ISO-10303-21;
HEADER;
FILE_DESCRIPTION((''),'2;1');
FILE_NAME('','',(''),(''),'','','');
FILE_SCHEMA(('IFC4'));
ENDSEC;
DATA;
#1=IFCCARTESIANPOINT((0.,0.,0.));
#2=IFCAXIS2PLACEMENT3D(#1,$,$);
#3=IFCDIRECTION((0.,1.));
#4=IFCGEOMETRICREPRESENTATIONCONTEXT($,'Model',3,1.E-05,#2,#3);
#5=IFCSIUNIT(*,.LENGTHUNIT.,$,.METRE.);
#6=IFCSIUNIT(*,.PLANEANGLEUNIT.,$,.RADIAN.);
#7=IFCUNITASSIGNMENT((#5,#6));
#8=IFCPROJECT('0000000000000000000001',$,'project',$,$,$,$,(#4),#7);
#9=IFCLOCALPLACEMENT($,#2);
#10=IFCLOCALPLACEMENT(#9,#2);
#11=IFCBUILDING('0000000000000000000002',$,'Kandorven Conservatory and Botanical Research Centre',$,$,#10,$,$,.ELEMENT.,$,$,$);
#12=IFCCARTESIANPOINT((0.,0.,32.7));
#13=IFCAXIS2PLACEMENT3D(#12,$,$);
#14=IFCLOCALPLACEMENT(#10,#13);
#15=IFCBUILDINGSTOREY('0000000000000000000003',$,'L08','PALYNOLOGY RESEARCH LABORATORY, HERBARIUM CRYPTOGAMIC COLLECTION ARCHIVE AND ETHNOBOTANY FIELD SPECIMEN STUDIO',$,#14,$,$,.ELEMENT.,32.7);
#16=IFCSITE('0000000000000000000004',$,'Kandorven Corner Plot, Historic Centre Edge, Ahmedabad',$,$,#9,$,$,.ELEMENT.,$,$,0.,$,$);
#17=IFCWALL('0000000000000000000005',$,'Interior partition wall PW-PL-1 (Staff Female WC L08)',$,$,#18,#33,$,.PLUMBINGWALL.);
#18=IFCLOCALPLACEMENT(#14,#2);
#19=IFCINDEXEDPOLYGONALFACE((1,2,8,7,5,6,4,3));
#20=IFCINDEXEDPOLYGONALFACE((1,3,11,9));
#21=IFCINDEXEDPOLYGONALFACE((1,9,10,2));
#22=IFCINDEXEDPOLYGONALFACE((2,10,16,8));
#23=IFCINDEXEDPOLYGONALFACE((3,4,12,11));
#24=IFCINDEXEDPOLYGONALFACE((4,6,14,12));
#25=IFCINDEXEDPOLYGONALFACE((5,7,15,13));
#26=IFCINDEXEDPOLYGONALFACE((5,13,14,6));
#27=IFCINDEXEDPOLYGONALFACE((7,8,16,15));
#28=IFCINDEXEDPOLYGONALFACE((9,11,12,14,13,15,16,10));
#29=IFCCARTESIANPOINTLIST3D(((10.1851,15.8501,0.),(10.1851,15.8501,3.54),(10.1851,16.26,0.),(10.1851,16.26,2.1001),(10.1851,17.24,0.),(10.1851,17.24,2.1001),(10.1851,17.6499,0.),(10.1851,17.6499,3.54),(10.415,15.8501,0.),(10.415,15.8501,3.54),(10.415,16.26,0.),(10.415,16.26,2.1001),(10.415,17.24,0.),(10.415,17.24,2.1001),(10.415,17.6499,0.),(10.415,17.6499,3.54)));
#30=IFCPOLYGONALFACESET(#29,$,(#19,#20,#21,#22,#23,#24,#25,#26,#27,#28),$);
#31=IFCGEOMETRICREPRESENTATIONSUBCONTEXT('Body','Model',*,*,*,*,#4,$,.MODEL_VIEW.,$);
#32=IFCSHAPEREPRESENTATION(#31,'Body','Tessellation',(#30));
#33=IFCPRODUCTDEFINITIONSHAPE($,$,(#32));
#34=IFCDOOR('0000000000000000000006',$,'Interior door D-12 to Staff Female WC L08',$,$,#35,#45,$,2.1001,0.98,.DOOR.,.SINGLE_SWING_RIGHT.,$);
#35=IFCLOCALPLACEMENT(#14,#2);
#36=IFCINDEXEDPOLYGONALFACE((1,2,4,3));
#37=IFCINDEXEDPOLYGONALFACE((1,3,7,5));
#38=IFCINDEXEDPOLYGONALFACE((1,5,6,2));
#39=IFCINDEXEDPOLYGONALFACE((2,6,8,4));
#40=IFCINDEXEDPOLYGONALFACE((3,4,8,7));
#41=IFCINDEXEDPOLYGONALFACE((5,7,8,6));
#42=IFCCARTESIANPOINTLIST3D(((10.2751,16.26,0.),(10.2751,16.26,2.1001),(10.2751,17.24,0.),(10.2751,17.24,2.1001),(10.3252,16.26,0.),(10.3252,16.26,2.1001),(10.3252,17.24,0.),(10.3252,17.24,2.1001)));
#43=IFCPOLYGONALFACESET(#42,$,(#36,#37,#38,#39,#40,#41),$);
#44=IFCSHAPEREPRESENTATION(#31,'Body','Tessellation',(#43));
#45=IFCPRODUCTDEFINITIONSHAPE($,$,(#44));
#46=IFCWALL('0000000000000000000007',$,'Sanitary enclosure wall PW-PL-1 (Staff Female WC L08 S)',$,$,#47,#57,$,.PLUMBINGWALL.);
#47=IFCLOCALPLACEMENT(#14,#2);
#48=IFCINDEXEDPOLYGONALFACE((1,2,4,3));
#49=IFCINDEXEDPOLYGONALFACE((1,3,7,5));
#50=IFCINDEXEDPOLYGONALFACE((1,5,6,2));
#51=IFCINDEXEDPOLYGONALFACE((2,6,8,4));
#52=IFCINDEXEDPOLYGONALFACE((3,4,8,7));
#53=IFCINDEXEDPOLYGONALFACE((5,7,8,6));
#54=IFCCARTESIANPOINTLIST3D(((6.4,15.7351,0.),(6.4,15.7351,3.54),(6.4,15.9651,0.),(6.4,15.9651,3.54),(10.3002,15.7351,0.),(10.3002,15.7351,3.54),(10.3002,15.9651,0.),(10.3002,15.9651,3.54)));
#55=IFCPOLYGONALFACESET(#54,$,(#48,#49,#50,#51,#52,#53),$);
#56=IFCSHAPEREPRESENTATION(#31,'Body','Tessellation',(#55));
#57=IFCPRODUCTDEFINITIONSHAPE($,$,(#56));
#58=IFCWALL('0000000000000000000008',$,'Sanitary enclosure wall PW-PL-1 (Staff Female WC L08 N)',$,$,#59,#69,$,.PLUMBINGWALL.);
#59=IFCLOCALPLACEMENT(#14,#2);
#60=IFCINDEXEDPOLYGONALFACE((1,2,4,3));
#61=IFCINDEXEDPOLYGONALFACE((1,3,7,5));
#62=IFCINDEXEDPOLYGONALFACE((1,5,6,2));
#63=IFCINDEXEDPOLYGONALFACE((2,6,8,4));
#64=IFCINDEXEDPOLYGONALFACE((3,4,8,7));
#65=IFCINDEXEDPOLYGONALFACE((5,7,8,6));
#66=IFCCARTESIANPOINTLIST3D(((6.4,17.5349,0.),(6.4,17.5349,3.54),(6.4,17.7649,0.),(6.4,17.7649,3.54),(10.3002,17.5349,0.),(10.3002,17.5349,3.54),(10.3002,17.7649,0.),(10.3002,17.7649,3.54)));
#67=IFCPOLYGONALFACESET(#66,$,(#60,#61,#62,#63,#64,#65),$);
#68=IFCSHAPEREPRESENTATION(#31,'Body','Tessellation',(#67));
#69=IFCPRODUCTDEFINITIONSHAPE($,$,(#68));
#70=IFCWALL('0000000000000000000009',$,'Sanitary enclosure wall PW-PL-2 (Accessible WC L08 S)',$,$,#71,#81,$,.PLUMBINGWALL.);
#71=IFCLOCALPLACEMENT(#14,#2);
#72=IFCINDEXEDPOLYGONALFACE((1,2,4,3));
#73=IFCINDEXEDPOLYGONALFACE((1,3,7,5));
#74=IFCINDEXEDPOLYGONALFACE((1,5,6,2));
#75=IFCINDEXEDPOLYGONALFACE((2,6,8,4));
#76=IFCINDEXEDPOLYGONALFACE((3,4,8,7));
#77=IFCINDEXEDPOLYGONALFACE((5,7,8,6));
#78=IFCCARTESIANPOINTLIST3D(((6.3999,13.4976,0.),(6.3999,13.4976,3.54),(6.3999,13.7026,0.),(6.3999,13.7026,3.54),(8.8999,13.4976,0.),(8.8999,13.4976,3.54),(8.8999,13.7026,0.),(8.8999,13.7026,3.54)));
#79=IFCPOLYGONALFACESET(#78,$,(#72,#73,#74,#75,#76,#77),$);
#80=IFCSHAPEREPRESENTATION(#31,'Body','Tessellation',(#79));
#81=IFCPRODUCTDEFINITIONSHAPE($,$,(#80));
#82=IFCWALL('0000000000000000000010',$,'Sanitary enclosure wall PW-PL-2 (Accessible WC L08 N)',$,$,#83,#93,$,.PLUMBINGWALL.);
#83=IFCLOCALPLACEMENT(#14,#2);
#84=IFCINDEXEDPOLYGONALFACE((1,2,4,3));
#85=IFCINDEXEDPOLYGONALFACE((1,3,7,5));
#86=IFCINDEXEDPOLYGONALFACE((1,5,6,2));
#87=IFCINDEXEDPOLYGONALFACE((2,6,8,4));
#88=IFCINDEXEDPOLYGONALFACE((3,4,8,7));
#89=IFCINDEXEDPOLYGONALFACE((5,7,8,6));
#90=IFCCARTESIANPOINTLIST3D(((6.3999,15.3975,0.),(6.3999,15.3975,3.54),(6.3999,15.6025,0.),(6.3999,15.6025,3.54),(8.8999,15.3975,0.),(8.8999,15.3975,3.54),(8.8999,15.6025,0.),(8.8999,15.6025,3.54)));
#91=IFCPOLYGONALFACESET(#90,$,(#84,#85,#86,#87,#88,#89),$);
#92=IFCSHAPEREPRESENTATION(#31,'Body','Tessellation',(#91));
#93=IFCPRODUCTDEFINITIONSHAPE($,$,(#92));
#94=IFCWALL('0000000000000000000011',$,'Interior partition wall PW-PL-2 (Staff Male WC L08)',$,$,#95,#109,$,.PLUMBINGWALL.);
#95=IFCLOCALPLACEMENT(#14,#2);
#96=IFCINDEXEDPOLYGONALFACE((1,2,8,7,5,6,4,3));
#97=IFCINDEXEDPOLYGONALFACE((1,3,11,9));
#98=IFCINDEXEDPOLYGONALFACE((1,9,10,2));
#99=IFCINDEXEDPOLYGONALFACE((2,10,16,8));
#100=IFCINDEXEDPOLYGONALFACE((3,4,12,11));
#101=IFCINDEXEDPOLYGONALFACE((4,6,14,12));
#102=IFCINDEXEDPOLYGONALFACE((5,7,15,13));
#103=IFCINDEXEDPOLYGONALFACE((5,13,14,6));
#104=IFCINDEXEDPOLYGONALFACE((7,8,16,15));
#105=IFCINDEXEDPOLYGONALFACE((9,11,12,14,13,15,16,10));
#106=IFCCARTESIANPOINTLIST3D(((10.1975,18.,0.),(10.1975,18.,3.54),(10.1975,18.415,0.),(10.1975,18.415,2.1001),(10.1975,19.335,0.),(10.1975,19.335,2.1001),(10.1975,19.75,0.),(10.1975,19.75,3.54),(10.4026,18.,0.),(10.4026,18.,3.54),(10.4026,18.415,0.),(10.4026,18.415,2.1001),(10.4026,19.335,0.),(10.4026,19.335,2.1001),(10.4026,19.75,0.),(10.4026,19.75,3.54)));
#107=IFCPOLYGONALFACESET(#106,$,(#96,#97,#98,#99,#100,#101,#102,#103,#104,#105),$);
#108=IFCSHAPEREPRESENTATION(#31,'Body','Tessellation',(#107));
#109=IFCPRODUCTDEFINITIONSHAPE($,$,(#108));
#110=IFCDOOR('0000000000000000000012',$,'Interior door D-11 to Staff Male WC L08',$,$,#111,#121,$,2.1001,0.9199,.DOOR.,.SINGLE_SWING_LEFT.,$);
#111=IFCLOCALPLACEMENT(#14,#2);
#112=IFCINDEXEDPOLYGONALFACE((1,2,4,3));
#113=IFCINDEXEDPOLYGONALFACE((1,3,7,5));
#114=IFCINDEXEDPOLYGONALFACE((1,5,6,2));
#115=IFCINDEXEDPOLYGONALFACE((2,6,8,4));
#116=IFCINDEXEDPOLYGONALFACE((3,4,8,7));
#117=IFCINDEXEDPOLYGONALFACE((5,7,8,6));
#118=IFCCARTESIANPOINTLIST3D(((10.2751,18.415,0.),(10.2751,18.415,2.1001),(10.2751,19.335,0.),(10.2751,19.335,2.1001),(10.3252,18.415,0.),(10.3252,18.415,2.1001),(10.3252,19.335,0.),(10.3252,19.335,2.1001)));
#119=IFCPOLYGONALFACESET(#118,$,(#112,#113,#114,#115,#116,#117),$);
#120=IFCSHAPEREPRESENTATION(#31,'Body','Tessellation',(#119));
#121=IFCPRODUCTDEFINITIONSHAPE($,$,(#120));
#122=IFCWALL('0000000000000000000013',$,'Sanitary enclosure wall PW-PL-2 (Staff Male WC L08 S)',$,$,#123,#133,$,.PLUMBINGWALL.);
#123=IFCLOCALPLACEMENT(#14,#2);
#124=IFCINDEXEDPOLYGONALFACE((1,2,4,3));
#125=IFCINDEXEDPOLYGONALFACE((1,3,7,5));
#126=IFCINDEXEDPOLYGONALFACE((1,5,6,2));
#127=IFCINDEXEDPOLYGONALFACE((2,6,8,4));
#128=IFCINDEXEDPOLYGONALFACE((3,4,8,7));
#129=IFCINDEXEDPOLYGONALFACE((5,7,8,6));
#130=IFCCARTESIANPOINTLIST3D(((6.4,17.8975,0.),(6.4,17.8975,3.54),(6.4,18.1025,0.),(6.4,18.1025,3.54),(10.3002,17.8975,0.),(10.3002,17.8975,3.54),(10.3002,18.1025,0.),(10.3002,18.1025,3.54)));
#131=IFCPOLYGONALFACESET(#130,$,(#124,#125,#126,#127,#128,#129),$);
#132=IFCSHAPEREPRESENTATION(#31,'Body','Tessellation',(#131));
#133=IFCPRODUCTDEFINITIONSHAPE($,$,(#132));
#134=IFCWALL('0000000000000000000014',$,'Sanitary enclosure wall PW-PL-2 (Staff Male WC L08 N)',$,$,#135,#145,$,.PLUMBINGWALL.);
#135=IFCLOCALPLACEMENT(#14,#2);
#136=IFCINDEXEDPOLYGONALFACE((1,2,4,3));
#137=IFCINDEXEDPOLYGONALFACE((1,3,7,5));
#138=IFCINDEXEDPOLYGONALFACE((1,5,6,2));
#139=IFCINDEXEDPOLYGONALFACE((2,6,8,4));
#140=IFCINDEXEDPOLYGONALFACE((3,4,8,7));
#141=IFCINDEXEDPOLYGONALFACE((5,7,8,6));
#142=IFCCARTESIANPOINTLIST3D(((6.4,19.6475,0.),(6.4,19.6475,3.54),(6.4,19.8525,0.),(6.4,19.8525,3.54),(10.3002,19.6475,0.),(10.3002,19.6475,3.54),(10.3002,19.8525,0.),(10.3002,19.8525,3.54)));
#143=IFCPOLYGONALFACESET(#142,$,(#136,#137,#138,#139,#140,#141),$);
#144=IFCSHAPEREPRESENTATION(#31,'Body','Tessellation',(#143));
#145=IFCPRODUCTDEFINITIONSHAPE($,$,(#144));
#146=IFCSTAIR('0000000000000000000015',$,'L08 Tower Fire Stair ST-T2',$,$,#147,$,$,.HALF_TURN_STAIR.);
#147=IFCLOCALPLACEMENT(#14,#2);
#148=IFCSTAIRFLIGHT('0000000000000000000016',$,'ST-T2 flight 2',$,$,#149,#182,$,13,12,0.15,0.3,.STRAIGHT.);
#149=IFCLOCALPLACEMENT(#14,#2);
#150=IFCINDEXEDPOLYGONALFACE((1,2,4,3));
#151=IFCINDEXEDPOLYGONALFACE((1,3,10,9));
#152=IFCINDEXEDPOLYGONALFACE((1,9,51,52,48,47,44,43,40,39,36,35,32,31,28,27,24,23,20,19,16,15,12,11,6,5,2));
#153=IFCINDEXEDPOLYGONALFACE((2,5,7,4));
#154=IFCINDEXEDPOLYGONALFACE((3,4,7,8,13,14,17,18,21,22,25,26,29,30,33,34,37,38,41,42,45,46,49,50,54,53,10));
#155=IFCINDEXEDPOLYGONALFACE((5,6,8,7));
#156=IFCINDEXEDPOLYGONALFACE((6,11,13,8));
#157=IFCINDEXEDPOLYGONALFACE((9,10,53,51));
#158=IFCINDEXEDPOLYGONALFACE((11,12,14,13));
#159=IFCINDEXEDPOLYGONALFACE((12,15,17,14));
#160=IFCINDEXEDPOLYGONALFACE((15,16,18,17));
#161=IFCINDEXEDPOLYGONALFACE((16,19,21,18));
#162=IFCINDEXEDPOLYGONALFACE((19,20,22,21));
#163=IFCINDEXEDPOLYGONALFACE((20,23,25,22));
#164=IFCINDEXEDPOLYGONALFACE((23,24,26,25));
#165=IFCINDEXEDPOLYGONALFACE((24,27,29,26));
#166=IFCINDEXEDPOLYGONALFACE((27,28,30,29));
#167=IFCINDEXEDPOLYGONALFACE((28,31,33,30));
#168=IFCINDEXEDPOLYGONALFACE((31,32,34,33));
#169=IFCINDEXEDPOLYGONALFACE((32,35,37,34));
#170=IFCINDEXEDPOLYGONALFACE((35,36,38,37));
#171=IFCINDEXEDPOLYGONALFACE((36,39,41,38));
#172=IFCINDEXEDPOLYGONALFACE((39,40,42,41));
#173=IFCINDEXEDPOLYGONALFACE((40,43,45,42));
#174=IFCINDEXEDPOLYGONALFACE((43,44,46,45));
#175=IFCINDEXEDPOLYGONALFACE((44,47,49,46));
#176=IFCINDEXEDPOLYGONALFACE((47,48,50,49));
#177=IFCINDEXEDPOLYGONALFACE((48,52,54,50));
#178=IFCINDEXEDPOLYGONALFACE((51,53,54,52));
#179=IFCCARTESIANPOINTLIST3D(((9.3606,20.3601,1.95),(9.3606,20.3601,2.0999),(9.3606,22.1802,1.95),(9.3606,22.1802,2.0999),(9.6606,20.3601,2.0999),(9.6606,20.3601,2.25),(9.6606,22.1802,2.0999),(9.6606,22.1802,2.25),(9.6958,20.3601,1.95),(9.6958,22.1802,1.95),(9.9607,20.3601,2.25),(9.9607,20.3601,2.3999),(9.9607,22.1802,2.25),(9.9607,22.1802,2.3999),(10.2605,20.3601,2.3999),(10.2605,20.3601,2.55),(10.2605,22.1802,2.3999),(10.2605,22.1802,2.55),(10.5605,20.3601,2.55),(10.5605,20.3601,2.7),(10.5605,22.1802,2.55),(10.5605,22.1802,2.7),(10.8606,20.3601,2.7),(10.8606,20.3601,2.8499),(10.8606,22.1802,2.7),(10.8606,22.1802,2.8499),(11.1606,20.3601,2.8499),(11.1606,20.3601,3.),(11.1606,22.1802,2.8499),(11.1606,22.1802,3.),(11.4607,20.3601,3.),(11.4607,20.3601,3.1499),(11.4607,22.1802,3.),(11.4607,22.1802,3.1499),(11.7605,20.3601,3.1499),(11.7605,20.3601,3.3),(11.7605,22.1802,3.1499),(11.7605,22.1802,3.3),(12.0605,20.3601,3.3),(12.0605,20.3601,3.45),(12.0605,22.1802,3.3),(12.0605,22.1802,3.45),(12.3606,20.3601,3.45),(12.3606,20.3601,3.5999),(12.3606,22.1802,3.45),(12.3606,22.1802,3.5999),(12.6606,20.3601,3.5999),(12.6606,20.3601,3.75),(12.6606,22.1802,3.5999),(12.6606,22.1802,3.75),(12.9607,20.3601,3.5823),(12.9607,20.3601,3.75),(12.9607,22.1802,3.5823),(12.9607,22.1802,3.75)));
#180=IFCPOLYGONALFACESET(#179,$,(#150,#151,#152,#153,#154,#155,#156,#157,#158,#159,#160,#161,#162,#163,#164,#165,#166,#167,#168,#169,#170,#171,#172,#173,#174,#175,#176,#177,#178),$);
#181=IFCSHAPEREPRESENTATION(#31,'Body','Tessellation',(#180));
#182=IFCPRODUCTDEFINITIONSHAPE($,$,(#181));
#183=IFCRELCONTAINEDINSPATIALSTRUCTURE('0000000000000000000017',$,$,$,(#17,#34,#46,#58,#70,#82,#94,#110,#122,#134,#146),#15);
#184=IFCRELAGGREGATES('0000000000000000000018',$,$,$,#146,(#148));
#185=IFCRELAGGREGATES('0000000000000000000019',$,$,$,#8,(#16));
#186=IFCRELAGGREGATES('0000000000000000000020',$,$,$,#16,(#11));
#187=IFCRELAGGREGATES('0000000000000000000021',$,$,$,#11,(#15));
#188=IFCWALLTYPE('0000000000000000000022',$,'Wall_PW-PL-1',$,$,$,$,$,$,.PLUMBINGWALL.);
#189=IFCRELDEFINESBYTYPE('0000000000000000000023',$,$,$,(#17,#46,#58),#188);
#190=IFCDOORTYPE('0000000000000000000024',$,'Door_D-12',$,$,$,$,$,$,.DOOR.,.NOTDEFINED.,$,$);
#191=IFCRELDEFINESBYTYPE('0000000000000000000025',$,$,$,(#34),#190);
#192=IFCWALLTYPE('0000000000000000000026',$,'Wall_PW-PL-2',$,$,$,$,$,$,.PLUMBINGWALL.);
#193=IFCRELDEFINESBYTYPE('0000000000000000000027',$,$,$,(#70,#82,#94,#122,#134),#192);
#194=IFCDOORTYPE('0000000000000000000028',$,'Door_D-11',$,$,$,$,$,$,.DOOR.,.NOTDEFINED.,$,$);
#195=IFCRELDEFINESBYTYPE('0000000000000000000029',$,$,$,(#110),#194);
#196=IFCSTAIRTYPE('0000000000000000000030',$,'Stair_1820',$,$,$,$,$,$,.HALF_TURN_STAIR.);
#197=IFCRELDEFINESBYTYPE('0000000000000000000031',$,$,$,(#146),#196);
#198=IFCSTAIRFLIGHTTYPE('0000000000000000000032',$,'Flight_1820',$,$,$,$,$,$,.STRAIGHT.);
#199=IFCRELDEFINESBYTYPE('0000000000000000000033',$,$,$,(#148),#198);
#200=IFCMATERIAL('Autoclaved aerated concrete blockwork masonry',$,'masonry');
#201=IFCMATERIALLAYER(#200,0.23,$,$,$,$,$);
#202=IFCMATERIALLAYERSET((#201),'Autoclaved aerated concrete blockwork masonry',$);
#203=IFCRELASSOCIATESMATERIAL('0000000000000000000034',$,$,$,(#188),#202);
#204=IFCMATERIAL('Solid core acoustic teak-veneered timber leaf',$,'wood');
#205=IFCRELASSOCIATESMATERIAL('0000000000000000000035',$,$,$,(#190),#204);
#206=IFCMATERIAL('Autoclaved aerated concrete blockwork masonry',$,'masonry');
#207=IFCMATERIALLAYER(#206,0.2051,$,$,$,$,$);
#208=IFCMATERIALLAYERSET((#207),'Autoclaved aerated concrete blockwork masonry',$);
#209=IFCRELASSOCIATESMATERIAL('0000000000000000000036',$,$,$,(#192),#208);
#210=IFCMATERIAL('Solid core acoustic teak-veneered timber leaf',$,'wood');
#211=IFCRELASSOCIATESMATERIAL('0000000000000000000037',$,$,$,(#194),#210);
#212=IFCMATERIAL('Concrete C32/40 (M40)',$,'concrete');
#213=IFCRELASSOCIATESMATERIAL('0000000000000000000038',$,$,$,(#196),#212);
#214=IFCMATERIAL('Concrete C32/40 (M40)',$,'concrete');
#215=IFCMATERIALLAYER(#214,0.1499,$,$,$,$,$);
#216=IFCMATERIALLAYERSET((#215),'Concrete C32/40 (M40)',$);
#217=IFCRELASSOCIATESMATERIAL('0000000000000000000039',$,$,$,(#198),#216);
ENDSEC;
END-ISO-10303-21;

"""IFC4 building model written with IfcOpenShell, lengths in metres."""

from ifc_helpers import new_model, si_unit, direction, frame, frame_2d, origin, place, context, subcontext, project, spatial, polyline, rectangle, outline, extrude, material, layer, layer_set, type_object, element, fill, aggregate, save


model = new_model("IFC4")

# Units and contexts
model_context = context("Model", 3, precision=1e-05, world=origin(), true_north=direction((0.0, 1.0)))
body_context = subcontext(model_context, "Body", "Model", "MODEL_VIEW")
ifc_project = project(units=[si_unit("LENGTHUNIT", "METRE"), si_unit("PLANEANGLEUNIT", "RADIAN")], contexts=[model_context])

# Site, building, storey
site_placement = place(None, origin())
site = spatial("IfcSite", under=ifc_project, at=site_placement, Name="Kandorven Corner Plot, Historic Centre Edge, Ahmedabad", CompositionType="ELEMENT", RefElevation=0.0)
building_placement = place(site_placement, origin())
building = spatial("IfcBuilding", under=site, at=building_placement, Name="Kandorven Conservatory and Botanical Research Centre", CompositionType="ELEMENT")
storey_placement = place(building_placement, frame((0.0, 0.0, 32.7)))
storey = spatial("IfcBuildingStorey", under=building, at=storey_placement, Name="L08", Description="PALYNOLOGY RESEARCH LABORATORY, HERBARIUM CRYPTOGAMIC COLLECTION ARCHIVE AND ETHNOBOTANY FIELD SPECIMEN STUDIO", CompositionType="ELEMENT", Elevation=32.7)

# Wall, opening, door
ifc_material_1 = material(Name="Autoclaved aerated concrete blockwork masonry", Category="masonry")
ifc_layer_1 = layer(ifc_material_1, 0.23)
ifc_layer_set_1 = layer_set([ifc_layer_1], Name="Autoclaved aerated concrete blockwork masonry")
wall_type_1 = type_object("IfcWallType", Name="Wall_PW-PL-1", PredefinedType="PLUMBINGWALL", material=ifc_layer_set_1)
wall_1_placement = place(storey_placement, frame((10.3, 15.8501, 0.0), z_axis=(0.0, 0.0, 1.0), x_axis=(0.0, 1.0, 0.0)))
wall_1 = element("IfcWall", 1, at=wall_1_placement, inside=storey, type_object=wall_type_1, Name="Interior partition wall PW-PL-1 (Staff Female WC L08)", PredefinedType="PLUMBINGWALL", context=body_context, shape_type="SweptSolid", body=[
    extrude(rectangle(XDim=1.7998, YDim=0.23, at=frame_2d((0.8999, 0.0))), origin(), (0.0, 0.0, 1.0), 3.54),
])
opening_1_placement = place(wall_1_placement, frame((0.4099, 0.0, 0.0)))
opening_1 = element("IfcOpeningElement", 2, at=opening_1_placement, cuts=wall_1, PredefinedType="OPENING", context=body_context, shape_type="SweptSolid", body=[
    extrude(rectangle(XDim=0.98, YDim=2.1001, at=frame_2d((0.49, 1.05))), frame((0.0, 0.125, 0.0), z_axis=(0.0, -1.0, 0.0), x_axis=(1.0, 0.0, 0.0)), (0.0, 0.0, 1.0), 0.25),
])
ifc_material_2 = material(Name="Solid core acoustic teak-veneered timber leaf", Category="wood")
door_type_1 = type_object("IfcDoorType", Name="Door_D-12", OperationType="NOTDEFINED", PredefinedType="DOOR", material=ifc_material_2)
door_1_placement = place(opening_1_placement, origin())
door_1 = element("IfcDoor", 3, at=door_1_placement, inside=storey, type_object=door_type_1, Name="Interior door D-12 to Staff Female WC L08", OperationType="SINGLE_SWING_RIGHT", OverallHeight=2.1001, OverallWidth=0.98, PredefinedType="DOOR", context=body_context, shape_type="SweptSolid", body=[
    extrude(rectangle(XDim=0.98, YDim=2.1001, at=frame_2d((0.49, 1.05))), frame((0.0, 0.0249, 0.0), z_axis=(0.0, -1.0, 0.0), x_axis=(1.0, 0.0, 0.0)), (0.0, 0.0, 1.0), 0.05),
])
fill(opening_1, door_1)

# Walls
for number, where, z_axis, x_axis, name in (
    (4, (6.3999, 15.8501, 0.0), (0.0, 0.0, 1.0), (1.0, 0.0, 0.0), "Sanitary enclosure wall PW-PL-1 (Staff Female WC L08 S)"),
    (5, (6.3999, 17.6499, 0.0), (0.0, 0.0, 1.0), (1.0, 0.0, 0.0), "Sanitary enclosure wall PW-PL-1 (Staff Female WC L08 N)"),
):
    element("IfcWall", number, at=place(storey_placement, frame(where, z_axis=z_axis, x_axis=x_axis)), inside=storey, type_object=wall_type_1, Name=name, PredefinedType="PLUMBINGWALL", context=body_context, shape_type="SweptSolid", body=[
        extrude(rectangle(XDim=3.9001, YDim=0.23, at=frame_2d((1.9502, 0.0))), origin(), (0.0, 0.0, 1.0), 3.54),
    ])

# Shared definitions
ifc_material_3 = material(Name="Autoclaved aerated concrete blockwork masonry", Category="masonry")
ifc_layer_2 = layer(ifc_material_3, 0.2051)
ifc_layer_set_2 = layer_set([ifc_layer_2], Name="Autoclaved aerated concrete blockwork masonry")
wall_type_2 = type_object("IfcWallType", Name="Wall_PW-PL-2", PredefinedType="PLUMBINGWALL", material=ifc_layer_set_2)

# Walls
for number, where, z_axis, x_axis, name in (
    (6, (6.3999, 13.6001, 0.0), (0.0, 0.0, 1.0), (1.0, 0.0, 0.0), "Sanitary enclosure wall PW-PL-2 (Accessible WC L08 S)"),
    (7, (6.3999, 15.5, 0.0), (0.0, 0.0, 1.0), (1.0, 0.0, 0.0), "Sanitary enclosure wall PW-PL-2 (Accessible WC L08 N)"),
):
    element("IfcWall", number, at=place(storey_placement, frame(where, z_axis=z_axis, x_axis=x_axis)), inside=storey, type_object=wall_type_2, Name=name, PredefinedType="PLUMBINGWALL", context=body_context, shape_type="SweptSolid", body=[
        extrude(rectangle(XDim=2.5, YDim=0.2051, at=frame_2d((1.25, 0.0))), origin(), (0.0, 0.0, 1.0), 3.54),
    ])

# Wall, opening, door
wall_2_placement = place(storey_placement, frame((10.3, 18.0, 0.0), z_axis=(0.0, 0.0, 1.0), x_axis=(0.0, 1.0, 0.0)))
wall_2 = element("IfcWall", 8, at=wall_2_placement, inside=storey, type_object=wall_type_2, Name="Interior partition wall PW-PL-2 (Staff Male WC L08)", PredefinedType="PLUMBINGWALL", context=body_context, shape_type="SweptSolid", body=[
    extrude(rectangle(XDim=1.75, YDim=0.2051, at=frame_2d((0.875, 0.0))), origin(), (0.0, 0.0, 1.0), 3.54),
])
opening_2_placement = place(wall_2_placement, frame((0.415, 0.0, 0.0)))
opening_2 = element("IfcOpeningElement", 9, at=opening_2_placement, cuts=wall_2, PredefinedType="OPENING", context=body_context, shape_type="SweptSolid", body=[
    extrude(rectangle(XDim=0.9199, YDim=2.1001, at=frame_2d((0.46, 1.05))), frame((0.0, 0.1125, 0.0), z_axis=(0.0, -1.0, 0.0), x_axis=(1.0, 0.0, 0.0)), (0.0, 0.0, 1.0), 0.2251),
])
ifc_material_4 = material(Name="Solid core acoustic teak-veneered timber leaf", Category="wood")
door_type_2 = type_object("IfcDoorType", Name="Door_D-11", OperationType="NOTDEFINED", PredefinedType="DOOR", material=ifc_material_4)
door_2_placement = place(opening_2_placement, origin())
door_2 = element("IfcDoor", 10, at=door_2_placement, inside=storey, type_object=door_type_2, Name="Interior door D-11 to Staff Male WC L08", OperationType="SINGLE_SWING_LEFT", OverallHeight=2.1001, OverallWidth=0.9199, PredefinedType="DOOR", context=body_context, shape_type="SweptSolid", body=[
    extrude(rectangle(XDim=0.9199, YDim=2.1001, at=frame_2d((0.46, 1.05))), frame((0.0, 0.0249, 0.0), z_axis=(0.0, -1.0, 0.0), x_axis=(1.0, 0.0, 0.0)), (0.0, 0.0, 1.0), 0.05),
])
fill(opening_2, door_2)

# Walls
for number, where, z_axis, x_axis, name in (
    (11, (6.3999, 18.0, 0.0), (0.0, 0.0, 1.0), (1.0, 0.0, 0.0), "Sanitary enclosure wall PW-PL-2 (Staff Male WC L08 S)"),
    (12, (6.3999, 19.75, 0.0), (0.0, 0.0, 1.0), (1.0, 0.0, 0.0), "Sanitary enclosure wall PW-PL-2 (Staff Male WC L08 N)"),
):
    element("IfcWall", number, at=place(storey_placement, frame(where, z_axis=z_axis, x_axis=x_axis)), inside=storey, type_object=wall_type_2, Name=name, PredefinedType="PLUMBINGWALL", context=body_context, shape_type="SweptSolid", body=[
        extrude(rectangle(XDim=3.9001, YDim=0.2051, at=frame_2d((1.9502, 0.0))), origin(), (0.0, 0.0, 1.0), 3.54),
    ])

# Stair, stair flight
ifc_material_5 = material(Name="Concrete C32/40 (M40)", Category="concrete")
stair_type = type_object("IfcStairType", Name="Stair_1820", PredefinedType="HALF_TURN_STAIR", material=ifc_material_5)
stair_placement = place(storey_placement, origin())
stair = element("IfcStair", 13, at=stair_placement, inside=storey, type_object=stair_type, Name="L08 Tower Fire Stair ST-T2", PredefinedType="HALF_TURN_STAIR")
ifc_material_6 = material(Name="Concrete C32/40 (M40)", Category="concrete")
ifc_layer_3 = layer(ifc_material_6, 0.1499)
ifc_layer_set_3 = layer_set([ifc_layer_3], Name="Concrete C32/40 (M40)")
stair_flight_type = type_object("IfcStairFlightType", Name="Flight_1820", PredefinedType="STRAIGHT", material=ifc_layer_set_3)
stair_flight_placement = place(storey_placement, frame((9.3606, 21.27, 1.95), z_axis=(0.0, 0.0, 1.0), x_axis=(1.0, 0.0, 0.0)))
stair_flight = element("IfcStairFlight", 14, at=stair_flight_placement, type_object=stair_flight_type, Name="ST-T2 flight 2", NumberOfRisers=13, NumberOfTreads=12, PredefinedType="STRAIGHT", RiserHeight=0.15, TreadLength=0.3, context=body_context, shape_type="SweptSolid", body=[
    extrude(outline(polyline([(0.0, 0.0), (0.0, 0.1499), (0.3, 0.1499), (0.3, 0.3), (0.6001, 0.3), (0.6001, 0.45), (0.8999, 0.45), (0.8999, 0.6001), (1.2, 0.6001), (1.2, 0.75), (1.5, 0.75), (1.5, 0.8999), (1.8, 0.8999), (1.8, 1.05), (2.1001, 1.05), (2.1001, 1.2), (2.3999, 1.2), (2.3999, 1.3501), (2.7, 1.3501), (2.7, 1.5), (3.0, 1.5), (3.0, 1.6499), (3.3, 1.6499), (3.3, 1.8), (3.6001, 1.8), (3.6001, 1.95), (3.6001, 1.6323), (0.3352, 0.0), (0.0, 0.0)])), frame((0.0, 0.9102, 0.0), z_axis=(0.0, -1.0, 0.0), x_axis=(1.0, 0.0, 0.0)), (0.0, 0.0, 1.0), 1.8201),
])
aggregate(stair, [stair_flight])

save(model, "model.ifc")
